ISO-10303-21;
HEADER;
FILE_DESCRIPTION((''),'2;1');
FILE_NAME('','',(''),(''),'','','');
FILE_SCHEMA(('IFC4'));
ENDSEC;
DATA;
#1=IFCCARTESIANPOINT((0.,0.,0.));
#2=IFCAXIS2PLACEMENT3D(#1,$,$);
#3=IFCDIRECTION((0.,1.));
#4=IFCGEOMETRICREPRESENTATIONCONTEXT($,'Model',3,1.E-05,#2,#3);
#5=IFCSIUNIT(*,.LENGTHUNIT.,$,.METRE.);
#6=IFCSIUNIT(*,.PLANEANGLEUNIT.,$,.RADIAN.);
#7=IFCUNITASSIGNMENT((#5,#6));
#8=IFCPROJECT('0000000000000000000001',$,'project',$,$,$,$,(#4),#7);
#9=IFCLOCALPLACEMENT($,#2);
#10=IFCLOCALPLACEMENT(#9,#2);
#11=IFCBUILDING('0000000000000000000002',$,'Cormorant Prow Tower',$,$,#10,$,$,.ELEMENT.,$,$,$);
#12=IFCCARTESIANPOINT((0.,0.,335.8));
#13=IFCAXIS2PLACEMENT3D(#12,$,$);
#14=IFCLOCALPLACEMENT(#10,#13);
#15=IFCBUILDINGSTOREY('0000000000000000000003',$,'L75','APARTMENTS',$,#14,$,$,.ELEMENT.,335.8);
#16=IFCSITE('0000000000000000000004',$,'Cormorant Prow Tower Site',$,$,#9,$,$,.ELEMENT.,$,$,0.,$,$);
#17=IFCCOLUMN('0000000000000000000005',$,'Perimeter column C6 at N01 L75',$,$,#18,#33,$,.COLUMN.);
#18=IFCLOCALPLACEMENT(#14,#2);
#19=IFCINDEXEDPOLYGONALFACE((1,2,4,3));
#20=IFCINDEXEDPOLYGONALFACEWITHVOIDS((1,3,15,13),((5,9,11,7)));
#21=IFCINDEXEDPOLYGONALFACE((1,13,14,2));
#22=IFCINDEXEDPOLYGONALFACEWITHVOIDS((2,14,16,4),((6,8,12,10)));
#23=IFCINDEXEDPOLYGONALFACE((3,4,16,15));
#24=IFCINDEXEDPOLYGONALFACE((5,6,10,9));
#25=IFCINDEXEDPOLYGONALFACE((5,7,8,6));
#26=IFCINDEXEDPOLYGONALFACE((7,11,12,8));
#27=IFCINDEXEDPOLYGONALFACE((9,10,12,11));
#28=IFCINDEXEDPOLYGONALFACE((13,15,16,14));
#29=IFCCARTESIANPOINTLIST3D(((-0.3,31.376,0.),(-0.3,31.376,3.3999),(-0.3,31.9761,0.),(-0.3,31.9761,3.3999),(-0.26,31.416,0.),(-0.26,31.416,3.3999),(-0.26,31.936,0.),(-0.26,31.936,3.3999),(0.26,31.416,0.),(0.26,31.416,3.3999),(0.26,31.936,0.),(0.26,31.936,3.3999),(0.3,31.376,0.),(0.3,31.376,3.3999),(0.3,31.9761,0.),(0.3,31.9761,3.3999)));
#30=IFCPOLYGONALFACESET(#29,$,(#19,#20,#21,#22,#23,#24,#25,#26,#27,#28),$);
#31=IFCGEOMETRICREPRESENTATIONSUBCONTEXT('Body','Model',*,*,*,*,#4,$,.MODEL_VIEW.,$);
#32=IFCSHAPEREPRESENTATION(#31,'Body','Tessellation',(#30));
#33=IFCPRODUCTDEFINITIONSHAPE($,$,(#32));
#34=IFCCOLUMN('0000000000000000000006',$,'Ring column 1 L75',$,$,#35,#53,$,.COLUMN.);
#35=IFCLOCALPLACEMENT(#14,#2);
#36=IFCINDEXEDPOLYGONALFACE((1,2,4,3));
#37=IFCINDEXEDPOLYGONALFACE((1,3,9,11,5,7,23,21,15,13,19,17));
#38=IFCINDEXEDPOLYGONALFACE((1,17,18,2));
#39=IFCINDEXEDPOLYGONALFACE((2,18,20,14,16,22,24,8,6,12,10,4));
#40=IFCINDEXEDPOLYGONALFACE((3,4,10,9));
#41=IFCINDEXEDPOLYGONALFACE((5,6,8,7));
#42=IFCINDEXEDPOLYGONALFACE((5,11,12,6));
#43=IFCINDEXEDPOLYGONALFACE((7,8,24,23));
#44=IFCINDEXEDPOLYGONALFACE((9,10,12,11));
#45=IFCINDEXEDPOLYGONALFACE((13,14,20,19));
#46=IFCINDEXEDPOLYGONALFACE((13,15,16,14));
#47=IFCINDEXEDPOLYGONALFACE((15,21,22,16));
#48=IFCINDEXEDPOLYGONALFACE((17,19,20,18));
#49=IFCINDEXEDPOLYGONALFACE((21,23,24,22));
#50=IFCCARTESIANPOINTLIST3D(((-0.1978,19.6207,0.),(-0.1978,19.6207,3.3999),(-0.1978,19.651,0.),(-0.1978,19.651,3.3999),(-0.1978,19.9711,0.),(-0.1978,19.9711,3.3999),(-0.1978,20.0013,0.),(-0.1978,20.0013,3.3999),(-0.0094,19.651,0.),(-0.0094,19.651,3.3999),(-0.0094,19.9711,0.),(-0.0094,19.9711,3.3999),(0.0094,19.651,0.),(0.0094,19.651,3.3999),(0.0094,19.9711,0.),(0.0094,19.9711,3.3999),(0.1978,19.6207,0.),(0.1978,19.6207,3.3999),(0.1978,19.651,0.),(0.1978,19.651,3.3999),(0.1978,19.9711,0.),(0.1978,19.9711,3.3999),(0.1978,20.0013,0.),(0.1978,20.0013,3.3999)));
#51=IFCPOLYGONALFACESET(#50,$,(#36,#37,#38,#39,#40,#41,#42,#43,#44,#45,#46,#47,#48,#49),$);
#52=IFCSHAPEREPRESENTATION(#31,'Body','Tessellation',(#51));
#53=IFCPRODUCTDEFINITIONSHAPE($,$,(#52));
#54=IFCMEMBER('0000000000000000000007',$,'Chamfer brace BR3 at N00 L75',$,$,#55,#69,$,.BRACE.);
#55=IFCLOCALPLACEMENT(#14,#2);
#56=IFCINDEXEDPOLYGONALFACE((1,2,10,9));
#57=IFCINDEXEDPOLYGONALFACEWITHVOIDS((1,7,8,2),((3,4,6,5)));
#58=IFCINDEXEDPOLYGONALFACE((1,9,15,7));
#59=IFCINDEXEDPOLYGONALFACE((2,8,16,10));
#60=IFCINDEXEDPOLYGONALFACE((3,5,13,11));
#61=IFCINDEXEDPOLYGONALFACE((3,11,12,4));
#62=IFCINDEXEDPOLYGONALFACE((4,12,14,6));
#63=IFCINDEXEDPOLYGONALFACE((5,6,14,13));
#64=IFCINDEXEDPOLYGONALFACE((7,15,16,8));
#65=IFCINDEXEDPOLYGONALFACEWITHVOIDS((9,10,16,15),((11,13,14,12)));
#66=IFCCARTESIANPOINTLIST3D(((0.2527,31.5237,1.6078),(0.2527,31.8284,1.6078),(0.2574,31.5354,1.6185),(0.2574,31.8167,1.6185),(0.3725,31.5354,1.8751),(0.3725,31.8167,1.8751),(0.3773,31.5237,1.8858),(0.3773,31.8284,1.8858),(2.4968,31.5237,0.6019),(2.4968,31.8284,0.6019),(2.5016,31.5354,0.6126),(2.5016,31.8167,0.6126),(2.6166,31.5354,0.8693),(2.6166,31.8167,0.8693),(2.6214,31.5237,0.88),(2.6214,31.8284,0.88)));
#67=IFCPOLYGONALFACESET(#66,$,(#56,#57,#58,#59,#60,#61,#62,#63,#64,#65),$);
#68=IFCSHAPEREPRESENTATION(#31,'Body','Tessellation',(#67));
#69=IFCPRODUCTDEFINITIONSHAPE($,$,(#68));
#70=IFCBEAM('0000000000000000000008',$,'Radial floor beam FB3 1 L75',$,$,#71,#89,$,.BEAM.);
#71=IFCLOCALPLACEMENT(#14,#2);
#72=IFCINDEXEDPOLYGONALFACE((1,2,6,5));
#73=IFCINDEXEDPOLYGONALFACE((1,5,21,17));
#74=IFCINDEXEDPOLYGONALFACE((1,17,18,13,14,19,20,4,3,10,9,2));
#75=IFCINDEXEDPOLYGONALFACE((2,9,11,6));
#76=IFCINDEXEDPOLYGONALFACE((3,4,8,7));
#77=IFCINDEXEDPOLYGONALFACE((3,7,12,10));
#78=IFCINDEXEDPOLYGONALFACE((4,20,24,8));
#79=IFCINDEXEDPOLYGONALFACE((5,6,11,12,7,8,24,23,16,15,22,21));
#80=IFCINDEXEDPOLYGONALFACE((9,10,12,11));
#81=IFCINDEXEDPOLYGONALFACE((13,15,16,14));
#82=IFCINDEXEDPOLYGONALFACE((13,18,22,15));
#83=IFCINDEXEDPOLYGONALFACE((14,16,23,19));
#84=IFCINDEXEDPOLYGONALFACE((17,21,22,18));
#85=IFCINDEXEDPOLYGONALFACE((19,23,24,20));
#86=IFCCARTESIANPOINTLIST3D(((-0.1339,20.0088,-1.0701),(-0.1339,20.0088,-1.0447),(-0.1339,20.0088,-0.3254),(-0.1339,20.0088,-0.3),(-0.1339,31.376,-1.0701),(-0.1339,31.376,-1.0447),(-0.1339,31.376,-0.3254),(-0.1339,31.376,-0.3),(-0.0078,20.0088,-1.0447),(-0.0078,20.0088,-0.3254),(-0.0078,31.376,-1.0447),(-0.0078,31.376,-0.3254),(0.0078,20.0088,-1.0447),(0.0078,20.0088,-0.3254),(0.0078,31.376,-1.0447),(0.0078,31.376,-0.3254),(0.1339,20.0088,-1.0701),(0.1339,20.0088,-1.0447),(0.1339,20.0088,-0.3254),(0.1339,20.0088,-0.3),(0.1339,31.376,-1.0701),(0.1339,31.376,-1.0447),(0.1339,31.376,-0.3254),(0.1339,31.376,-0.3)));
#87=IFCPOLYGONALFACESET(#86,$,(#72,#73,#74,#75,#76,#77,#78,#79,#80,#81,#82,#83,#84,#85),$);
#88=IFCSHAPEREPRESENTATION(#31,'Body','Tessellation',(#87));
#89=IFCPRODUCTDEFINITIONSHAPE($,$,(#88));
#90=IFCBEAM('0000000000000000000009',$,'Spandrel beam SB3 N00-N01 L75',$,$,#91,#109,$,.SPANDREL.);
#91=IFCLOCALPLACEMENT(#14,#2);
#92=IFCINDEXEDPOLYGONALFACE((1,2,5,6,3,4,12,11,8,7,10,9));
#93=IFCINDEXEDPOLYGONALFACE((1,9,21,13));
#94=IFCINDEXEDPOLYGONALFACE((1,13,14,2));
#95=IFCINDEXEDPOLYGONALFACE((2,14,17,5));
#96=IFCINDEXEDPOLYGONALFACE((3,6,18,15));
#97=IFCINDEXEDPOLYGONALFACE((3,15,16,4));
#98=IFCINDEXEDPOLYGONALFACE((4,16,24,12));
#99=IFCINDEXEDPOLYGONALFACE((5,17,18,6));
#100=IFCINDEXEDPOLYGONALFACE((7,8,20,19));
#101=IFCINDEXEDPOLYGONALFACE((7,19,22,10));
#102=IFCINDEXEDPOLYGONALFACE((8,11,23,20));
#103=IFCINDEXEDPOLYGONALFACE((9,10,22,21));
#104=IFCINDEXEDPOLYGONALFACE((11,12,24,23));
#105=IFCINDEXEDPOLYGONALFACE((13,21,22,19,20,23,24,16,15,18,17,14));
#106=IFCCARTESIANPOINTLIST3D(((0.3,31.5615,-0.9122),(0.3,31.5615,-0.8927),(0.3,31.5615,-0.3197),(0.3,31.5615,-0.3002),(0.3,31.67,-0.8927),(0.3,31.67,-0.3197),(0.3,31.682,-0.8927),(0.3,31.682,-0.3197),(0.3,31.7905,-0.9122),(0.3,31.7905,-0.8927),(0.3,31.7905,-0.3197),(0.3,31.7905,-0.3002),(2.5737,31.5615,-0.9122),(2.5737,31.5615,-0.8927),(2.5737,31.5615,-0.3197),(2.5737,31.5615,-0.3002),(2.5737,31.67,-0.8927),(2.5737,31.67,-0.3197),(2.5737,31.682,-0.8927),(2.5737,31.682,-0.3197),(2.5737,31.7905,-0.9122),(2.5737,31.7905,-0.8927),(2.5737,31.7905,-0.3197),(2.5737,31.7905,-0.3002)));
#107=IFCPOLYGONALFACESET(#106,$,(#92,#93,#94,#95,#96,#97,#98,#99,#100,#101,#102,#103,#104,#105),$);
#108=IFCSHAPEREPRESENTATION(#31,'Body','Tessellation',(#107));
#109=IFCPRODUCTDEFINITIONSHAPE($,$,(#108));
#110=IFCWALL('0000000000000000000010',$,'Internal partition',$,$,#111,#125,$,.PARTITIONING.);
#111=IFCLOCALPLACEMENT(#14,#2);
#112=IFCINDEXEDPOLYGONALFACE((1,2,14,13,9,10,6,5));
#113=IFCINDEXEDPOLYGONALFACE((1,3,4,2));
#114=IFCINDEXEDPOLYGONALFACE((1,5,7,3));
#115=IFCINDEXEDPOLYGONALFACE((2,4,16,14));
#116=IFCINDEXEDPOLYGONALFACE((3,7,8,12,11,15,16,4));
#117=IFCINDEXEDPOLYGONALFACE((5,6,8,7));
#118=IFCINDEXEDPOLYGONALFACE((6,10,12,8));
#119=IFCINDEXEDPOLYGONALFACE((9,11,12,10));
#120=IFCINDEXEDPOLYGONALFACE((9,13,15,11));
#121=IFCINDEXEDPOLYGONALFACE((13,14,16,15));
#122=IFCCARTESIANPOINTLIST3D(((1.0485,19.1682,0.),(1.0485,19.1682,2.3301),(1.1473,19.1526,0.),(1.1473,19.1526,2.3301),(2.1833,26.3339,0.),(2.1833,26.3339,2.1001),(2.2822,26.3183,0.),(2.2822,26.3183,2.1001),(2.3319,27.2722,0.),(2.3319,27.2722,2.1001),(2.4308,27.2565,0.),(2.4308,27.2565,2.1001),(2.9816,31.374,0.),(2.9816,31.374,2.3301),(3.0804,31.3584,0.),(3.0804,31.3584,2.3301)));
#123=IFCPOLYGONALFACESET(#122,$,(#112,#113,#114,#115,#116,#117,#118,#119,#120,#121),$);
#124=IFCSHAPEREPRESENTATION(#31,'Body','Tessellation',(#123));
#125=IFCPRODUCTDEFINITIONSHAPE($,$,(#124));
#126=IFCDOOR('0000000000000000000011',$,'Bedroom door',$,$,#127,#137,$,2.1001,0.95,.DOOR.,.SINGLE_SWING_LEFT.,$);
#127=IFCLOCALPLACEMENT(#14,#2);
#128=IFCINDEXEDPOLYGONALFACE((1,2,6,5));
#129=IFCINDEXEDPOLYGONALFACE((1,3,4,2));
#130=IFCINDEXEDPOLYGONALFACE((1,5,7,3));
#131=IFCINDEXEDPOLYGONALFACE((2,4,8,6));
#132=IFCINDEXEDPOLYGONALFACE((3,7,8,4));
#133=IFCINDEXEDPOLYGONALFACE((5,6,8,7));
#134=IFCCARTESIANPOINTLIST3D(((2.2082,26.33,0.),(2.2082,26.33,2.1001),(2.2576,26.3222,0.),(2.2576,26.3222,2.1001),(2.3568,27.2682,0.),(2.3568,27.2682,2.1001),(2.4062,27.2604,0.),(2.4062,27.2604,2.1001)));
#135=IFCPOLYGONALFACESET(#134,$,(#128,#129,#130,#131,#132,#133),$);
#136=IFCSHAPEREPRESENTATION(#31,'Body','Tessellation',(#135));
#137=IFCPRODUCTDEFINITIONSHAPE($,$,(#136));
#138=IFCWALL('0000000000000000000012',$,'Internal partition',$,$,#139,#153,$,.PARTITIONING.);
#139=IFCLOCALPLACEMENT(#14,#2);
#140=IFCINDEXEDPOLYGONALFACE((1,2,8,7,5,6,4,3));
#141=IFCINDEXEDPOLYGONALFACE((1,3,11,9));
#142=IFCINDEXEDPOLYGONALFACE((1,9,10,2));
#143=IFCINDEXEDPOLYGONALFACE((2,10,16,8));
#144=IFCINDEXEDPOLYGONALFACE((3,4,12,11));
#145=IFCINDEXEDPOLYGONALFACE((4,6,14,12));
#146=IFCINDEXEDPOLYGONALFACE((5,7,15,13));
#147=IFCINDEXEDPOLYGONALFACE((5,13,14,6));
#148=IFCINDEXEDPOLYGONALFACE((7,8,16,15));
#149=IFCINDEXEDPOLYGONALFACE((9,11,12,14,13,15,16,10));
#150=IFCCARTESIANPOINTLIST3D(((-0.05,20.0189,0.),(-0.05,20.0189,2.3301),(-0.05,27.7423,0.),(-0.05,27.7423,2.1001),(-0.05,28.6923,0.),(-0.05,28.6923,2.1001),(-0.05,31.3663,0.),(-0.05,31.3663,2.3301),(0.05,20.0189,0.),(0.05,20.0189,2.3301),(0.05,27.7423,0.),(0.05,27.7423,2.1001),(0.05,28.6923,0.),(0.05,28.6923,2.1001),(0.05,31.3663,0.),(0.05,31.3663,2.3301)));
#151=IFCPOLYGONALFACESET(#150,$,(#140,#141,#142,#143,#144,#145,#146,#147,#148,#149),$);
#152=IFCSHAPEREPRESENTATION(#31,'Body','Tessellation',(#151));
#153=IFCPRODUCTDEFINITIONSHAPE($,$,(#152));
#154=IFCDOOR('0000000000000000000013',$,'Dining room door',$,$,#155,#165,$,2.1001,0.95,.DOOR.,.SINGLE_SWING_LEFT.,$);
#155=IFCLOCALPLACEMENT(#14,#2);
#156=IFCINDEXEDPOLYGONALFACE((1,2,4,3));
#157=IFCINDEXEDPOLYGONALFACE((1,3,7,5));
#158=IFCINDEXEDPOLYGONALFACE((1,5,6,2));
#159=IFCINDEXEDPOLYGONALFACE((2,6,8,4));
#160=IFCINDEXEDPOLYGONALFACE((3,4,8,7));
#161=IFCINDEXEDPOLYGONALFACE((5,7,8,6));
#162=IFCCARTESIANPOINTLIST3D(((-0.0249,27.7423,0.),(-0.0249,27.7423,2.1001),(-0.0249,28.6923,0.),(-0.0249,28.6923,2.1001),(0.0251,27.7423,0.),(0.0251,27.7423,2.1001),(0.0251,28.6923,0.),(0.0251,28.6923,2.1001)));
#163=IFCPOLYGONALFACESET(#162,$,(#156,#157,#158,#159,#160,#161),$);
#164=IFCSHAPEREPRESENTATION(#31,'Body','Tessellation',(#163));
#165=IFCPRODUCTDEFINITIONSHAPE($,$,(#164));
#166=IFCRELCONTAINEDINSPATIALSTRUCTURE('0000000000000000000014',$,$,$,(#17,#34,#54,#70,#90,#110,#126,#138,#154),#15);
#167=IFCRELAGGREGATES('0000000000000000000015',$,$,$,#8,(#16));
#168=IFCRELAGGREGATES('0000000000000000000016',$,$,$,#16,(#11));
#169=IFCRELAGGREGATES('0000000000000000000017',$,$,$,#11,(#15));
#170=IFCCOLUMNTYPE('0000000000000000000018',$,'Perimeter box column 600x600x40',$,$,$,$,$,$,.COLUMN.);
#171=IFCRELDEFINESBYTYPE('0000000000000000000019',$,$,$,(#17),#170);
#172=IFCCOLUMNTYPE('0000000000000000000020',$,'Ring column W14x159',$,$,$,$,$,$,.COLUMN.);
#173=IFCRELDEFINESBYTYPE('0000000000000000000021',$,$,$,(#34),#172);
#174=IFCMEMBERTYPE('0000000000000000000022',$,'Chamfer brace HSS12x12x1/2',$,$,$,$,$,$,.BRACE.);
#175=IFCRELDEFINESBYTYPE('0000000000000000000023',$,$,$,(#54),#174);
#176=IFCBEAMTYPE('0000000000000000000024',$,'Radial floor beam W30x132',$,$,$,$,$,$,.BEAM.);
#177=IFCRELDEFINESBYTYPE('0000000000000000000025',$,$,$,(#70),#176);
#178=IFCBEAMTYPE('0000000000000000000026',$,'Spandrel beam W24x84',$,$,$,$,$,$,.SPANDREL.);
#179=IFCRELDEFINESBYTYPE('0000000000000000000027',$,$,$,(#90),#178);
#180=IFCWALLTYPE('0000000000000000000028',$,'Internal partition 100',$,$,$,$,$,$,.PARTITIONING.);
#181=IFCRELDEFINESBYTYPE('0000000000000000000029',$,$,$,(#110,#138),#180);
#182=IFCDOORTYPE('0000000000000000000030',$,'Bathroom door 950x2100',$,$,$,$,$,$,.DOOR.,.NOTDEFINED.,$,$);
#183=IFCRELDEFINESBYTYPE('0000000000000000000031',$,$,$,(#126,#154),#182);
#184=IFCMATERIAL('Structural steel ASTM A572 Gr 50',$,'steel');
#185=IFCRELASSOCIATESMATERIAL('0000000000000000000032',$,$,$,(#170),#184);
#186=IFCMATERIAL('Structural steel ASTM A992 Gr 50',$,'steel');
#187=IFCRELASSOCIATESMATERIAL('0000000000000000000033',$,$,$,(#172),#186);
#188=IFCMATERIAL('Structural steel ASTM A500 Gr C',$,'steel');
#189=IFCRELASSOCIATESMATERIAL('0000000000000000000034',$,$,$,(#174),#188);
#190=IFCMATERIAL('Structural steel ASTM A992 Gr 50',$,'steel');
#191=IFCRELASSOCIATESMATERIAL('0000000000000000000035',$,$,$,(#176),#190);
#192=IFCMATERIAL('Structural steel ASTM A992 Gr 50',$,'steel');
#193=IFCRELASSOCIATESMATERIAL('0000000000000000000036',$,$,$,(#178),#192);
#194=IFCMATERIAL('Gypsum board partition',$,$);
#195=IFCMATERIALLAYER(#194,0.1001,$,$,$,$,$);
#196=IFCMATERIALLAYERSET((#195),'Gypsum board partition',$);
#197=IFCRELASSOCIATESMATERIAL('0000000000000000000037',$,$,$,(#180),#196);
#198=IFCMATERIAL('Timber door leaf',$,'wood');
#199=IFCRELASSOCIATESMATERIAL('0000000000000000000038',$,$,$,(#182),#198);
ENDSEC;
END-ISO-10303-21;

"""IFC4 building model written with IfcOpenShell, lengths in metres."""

from ifc_helpers import new_model, si_unit, direction, frame, frame_2d, origin, origin_2d, place, context, subcontext, project, spatial, rectangle, hollow_rectangle, i_section, extrude, material, layer, layer_set, material_profile, profile_set, type_object, element, fill, save


model = new_model("IFC4")

# Units and contexts
model_context = context("Model", 3, precision=1e-05, world=origin(), true_north=direction((0.0, 1.0)))
body_context = subcontext(model_context, "Body", "Model", "MODEL_VIEW")
ifc_project = project(units=[si_unit("LENGTHUNIT", "METRE"), si_unit("PLANEANGLEUNIT", "RADIAN")], contexts=[model_context])

# Site, building, storey
site_placement = place(None, origin())
site = spatial("IfcSite", under=ifc_project, at=site_placement, Name="Cormorant Prow Tower Site", CompositionType="ELEMENT", RefElevation=0.0)
building_placement = place(site_placement, origin())
building = spatial("IfcBuilding", under=site, at=building_placement, Name="Cormorant Prow Tower", CompositionType="ELEMENT")
storey_placement = place(building_placement, frame((0.0, 0.0, 335.8)))
storey = spatial("IfcBuildingStorey", under=building, at=storey_placement, Name="L75", Description="APARTMENTS", CompositionType="ELEMENT", Elevation=335.8)

# Columns
ifc_material_1 = material(Name="Structural steel ASTM A572 Gr 50", Category="steel")
ifc_material_profile_1 = material_profile(ifc_material_1, hollow_rectangle(XDim=0.6001, YDim=0.6001, WallThickness=0.04, at=origin_2d()), Name="Box 600x600x40")
ifc_profile_set_1 = profile_set([ifc_material_profile_1], Name="Structural steel ASTM A572 Gr 50")
column_type_1 = type_object("IfcColumnType", Name="Perimeter box column 600x600x40", PredefinedType="COLUMN", material=ifc_profile_set_1)
column_1_placement = place(storey_placement, frame((0.0, 31.676, 0.0), z_axis=(0.0, 0.0, 1.0), x_axis=(1.0, 0.0, 0.0)))
element("IfcColumn", 1, at=column_1_placement, inside=storey, type_object=column_type_1, Name="Perimeter column C6 at N01 L75", PredefinedType="COLUMN", context=body_context, shape_type="SweptSolid", body=[
    extrude(hollow_rectangle(XDim=0.6001, YDim=0.6001, WallThickness=0.04, at=origin_2d()), origin(), (0.0, 0.0, 1.0), 3.3999),
])
ifc_material_2 = material(Name="Structural steel ASTM A992 Gr 50", Category="steel")
ifc_material_profile_2 = material_profile(ifc_material_2, i_section(OverallWidth=0.3955, OverallDepth=0.3806, WebThickness=0.0188, FlangeThickness=0.0303, at=origin_2d()), Name="W14x159")
ifc_profile_set_2 = profile_set([ifc_material_profile_2], Name="Structural steel ASTM A992 Gr 50")
column_type_2 = type_object("IfcColumnType", Name="Ring column W14x159", PredefinedType="COLUMN", material=ifc_profile_set_2)
column_2_placement = place(storey_placement, frame((0.0, 19.811, 0.0), z_axis=(0.0, 0.0, 1.0), x_axis=(1.0, 0.0, 0.0)))
element("IfcColumn", 2, at=column_2_placement, inside=storey, type_object=column_type_2, Name="Ring column 1 L75", PredefinedType="COLUMN", context=body_context, shape_type="SweptSolid", body=[
    extrude(i_section(OverallWidth=0.3955, OverallDepth=0.3806, WebThickness=0.0188, FlangeThickness=0.0303, at=origin_2d()), origin(), (0.0, 0.0, 1.0), 3.3999),
])

# Member
ifc_material_3 = material(Name="Structural steel ASTM A500 Gr C", Category="steel")
ifc_material_profile_3 = material_profile(ifc_material_3, hollow_rectangle(XDim=0.3047, YDim=0.3047, WallThickness=0.0117, at=origin_2d()), Name="HSS12x12x1/2")
ifc_profile_set_3 = profile_set([ifc_material_profile_3], Name="Structural steel ASTM A500 Gr C")
member_type = type_object("IfcMemberType", Name="Chamfer brace HSS12x12x1/2", PredefinedType="BRACE", material=ifc_profile_set_3)
member_placement = place(storey_placement, frame((2.5591, 31.676, 0.741), z_axis=(-0.91253, 0.0, 0.40901), x_axis=(0.0, -1.0, 0.0)))
element("IfcMember", 3, at=member_placement, inside=storey, type_object=member_type, Name="Chamfer brace BR3 at N00 L75", PredefinedType="BRACE", context=body_context, shape_type="SweptSolid", body=[
    extrude(hollow_rectangle(XDim=0.3047, YDim=0.3047, WallThickness=0.0117, at=origin_2d()), origin(), (0.0, 0.0, 1.0), 2.4592),
])

# Beams
ifc_material_4 = material(Name="Structural steel ASTM A992 Gr 50", Category="steel")
ifc_material_profile_4 = material_profile(ifc_material_4, i_section(OverallWidth=0.2678, OverallDepth=0.77, WebThickness=0.0156, FlangeThickness=0.0254, at=origin_2d()), Name="W30x132")
ifc_profile_set_4 = profile_set([ifc_material_profile_4], Name="Structural steel ASTM A992 Gr 50")
beam_type_1 = type_object("IfcBeamType", Name="Radial floor beam W30x132", PredefinedType="BEAM", material=ifc_profile_set_4)
beam_1_placement = place(storey_placement, frame((0.0, 20.0088, -0.6851), z_axis=(0.0, 1.0, 0.0), x_axis=(-1.0, 0.0, 0.0)))
element("IfcBeam", 4, at=beam_1_placement, inside=storey, type_object=beam_type_1, Name="Radial floor beam FB3 1 L75", PredefinedType="BEAM", context=body_context, shape_type="SweptSolid", body=[
    extrude(i_section(OverallWidth=0.2678, OverallDepth=0.77, WebThickness=0.0156, FlangeThickness=0.0254, at=origin_2d()), origin(), (0.0, 0.0, 1.0), 11.3672),
])
ifc_material_5 = material(Name="Structural steel ASTM A992 Gr 50", Category="steel")
ifc_material_profile_5 = material_profile(ifc_material_5, i_section(OverallWidth=0.229, OverallDepth=0.6121, WebThickness=0.012, FlangeThickness=0.0195, at=origin_2d()), Name="W24x84")
ifc_profile_set_5 = profile_set([ifc_material_profile_5], Name="Structural steel ASTM A992 Gr 50")
beam_type_2 = type_object("IfcBeamType", Name="Spandrel beam W24x84", PredefinedType="SPANDREL", material=ifc_profile_set_5)
beam_2_placement = place(storey_placement, frame((2.5737, 31.676, -0.6062), z_axis=(-1.0, 0.0, 0.0), x_axis=(0.0, -1.0, 0.0)))
element("IfcBeam", 5, at=beam_2_placement, inside=storey, type_object=beam_type_2, Name="Spandrel beam SB3 N00-N01 L75", PredefinedType="SPANDREL", context=body_context, shape_type="SweptSolid", body=[
    extrude(i_section(OverallWidth=0.229, OverallDepth=0.6121, WebThickness=0.012, FlangeThickness=0.0195, at=origin_2d()), origin(), (0.0, 0.0, 1.0), 2.2737),
])

# Walls, openings, doors
ifc_material_6 = material(Name="Gypsum board partition")
ifc_layer_1 = layer(ifc_material_6, 0.1001)
ifc_layer_set_1 = layer_set([ifc_layer_1], Name="Gypsum board partition")
wall_type_1 = type_object("IfcWallType", Name="Internal partition 100", PredefinedType="PARTITIONING", material=ifc_layer_set_1)
wall_1_placement = place(storey_placement, frame((1.0979, 19.1604, 0.0), z_axis=(0.0, 0.0, 1.0), x_axis=(0.156426, 0.98769, 0.0)))
wall_1 = element("IfcWall", 6, at=wall_1_placement, inside=storey, type_object=wall_type_1, Name="Internal partition", PredefinedType="PARTITIONING", context=body_context, shape_type="SweptSolid", body=[
    extrude(rectangle(XDim=12.3579, YDim=0.1001, at=frame_2d((6.179, 0.0))), origin(), (0.0, 0.0, 1.0), 2.3301),
])
opening_1_placement = place(wall_1_placement, frame((7.2549, 0.0, 0.0)))
opening_1 = element("IfcOpeningElement", 7, at=opening_1_placement, cuts=wall_1, PredefinedType="OPENING", context=body_context, shape_type="SweptSolid", body=[
    extrude(rectangle(XDim=0.95, YDim=2.1001, at=frame_2d((0.4751, 1.05))), frame((0.0, 0.0601, 0.0), z_axis=(0.0, -1.0, 0.0), x_axis=(1.0, 0.0, 0.0)), (0.0, 0.0, 1.0), 0.1201),
])
ifc_material_7 = material(Name="Timber door leaf", Category="wood")
door_type = type_object("IfcDoorType", Name="Bathroom door 950x2100", OperationType="NOTDEFINED", PredefinedType="DOOR", material=ifc_material_7)
door_1_placement = place(opening_1_placement, origin())
door_1 = element("IfcDoor", 8, at=door_1_placement, inside=storey, type_object=door_type, Name="Bedroom door", OperationType="SINGLE_SWING_LEFT", OverallHeight=2.1001, OverallWidth=0.95, PredefinedType="DOOR", context=body_context, shape_type="SweptSolid", body=[
    extrude(rectangle(XDim=0.95, YDim=2.1001, at=frame_2d((0.4751, 1.05))), frame((0.0, 0.0249, 0.0), z_axis=(0.0, -1.0, 0.0), x_axis=(1.0, 0.0, 0.0)), (0.0, 0.0, 1.0), 0.05),
])
fill(opening_1, door_1)
wall_2_placement = place(storey_placement, frame((0.0, 20.0188, 0.0), z_axis=(0.0, 0.0, 1.0), x_axis=(0.0, 1.0, 0.0)))
wall_2 = element("IfcWall", 9, at=wall_2_placement, inside=storey, type_object=wall_type_1, Name="Internal partition", PredefinedType="PARTITIONING", context=body_context, shape_type="SweptSolid", body=[
    extrude(rectangle(XDim=11.3474, YDim=0.1001, at=frame_2d((5.6738, 0.0))), origin(), (0.0, 0.0, 1.0), 2.3301),
])
opening_2_placement = place(wall_2_placement, frame((7.7234, 0.0, 0.0)))
opening_2 = element("IfcOpeningElement", 10, at=opening_2_placement, cuts=wall_2, PredefinedType="OPENING", context=body_context, shape_type="SweptSolid", body=[
    extrude(rectangle(XDim=0.95, YDim=2.1001, at=frame_2d((0.4751, 1.05))), frame((0.0, 0.0601, 0.0), z_axis=(0.0, -1.0, 0.0), x_axis=(1.0, 0.0, 0.0)), (0.0, 0.0, 1.0), 0.1201),
])
door_2_placement = place(opening_2_placement, origin())
door_2 = element("IfcDoor", 11, at=door_2_placement, inside=storey, type_object=door_type, Name="Dining room door", OperationType="SINGLE_SWING_LEFT", OverallHeight=2.1001, OverallWidth=0.95, PredefinedType="DOOR", context=body_context, shape_type="SweptSolid", body=[
    extrude(rectangle(XDim=0.95, YDim=2.1001, at=frame_2d((0.4751, 1.05))), frame((0.0, 0.0249, 0.0), z_axis=(0.0, -1.0, 0.0), x_axis=(1.0, 0.0, 0.0)), (0.0, 0.0, 1.0), 0.05),
])
fill(opening_2, door_2)

save(model, "model.ifc")
